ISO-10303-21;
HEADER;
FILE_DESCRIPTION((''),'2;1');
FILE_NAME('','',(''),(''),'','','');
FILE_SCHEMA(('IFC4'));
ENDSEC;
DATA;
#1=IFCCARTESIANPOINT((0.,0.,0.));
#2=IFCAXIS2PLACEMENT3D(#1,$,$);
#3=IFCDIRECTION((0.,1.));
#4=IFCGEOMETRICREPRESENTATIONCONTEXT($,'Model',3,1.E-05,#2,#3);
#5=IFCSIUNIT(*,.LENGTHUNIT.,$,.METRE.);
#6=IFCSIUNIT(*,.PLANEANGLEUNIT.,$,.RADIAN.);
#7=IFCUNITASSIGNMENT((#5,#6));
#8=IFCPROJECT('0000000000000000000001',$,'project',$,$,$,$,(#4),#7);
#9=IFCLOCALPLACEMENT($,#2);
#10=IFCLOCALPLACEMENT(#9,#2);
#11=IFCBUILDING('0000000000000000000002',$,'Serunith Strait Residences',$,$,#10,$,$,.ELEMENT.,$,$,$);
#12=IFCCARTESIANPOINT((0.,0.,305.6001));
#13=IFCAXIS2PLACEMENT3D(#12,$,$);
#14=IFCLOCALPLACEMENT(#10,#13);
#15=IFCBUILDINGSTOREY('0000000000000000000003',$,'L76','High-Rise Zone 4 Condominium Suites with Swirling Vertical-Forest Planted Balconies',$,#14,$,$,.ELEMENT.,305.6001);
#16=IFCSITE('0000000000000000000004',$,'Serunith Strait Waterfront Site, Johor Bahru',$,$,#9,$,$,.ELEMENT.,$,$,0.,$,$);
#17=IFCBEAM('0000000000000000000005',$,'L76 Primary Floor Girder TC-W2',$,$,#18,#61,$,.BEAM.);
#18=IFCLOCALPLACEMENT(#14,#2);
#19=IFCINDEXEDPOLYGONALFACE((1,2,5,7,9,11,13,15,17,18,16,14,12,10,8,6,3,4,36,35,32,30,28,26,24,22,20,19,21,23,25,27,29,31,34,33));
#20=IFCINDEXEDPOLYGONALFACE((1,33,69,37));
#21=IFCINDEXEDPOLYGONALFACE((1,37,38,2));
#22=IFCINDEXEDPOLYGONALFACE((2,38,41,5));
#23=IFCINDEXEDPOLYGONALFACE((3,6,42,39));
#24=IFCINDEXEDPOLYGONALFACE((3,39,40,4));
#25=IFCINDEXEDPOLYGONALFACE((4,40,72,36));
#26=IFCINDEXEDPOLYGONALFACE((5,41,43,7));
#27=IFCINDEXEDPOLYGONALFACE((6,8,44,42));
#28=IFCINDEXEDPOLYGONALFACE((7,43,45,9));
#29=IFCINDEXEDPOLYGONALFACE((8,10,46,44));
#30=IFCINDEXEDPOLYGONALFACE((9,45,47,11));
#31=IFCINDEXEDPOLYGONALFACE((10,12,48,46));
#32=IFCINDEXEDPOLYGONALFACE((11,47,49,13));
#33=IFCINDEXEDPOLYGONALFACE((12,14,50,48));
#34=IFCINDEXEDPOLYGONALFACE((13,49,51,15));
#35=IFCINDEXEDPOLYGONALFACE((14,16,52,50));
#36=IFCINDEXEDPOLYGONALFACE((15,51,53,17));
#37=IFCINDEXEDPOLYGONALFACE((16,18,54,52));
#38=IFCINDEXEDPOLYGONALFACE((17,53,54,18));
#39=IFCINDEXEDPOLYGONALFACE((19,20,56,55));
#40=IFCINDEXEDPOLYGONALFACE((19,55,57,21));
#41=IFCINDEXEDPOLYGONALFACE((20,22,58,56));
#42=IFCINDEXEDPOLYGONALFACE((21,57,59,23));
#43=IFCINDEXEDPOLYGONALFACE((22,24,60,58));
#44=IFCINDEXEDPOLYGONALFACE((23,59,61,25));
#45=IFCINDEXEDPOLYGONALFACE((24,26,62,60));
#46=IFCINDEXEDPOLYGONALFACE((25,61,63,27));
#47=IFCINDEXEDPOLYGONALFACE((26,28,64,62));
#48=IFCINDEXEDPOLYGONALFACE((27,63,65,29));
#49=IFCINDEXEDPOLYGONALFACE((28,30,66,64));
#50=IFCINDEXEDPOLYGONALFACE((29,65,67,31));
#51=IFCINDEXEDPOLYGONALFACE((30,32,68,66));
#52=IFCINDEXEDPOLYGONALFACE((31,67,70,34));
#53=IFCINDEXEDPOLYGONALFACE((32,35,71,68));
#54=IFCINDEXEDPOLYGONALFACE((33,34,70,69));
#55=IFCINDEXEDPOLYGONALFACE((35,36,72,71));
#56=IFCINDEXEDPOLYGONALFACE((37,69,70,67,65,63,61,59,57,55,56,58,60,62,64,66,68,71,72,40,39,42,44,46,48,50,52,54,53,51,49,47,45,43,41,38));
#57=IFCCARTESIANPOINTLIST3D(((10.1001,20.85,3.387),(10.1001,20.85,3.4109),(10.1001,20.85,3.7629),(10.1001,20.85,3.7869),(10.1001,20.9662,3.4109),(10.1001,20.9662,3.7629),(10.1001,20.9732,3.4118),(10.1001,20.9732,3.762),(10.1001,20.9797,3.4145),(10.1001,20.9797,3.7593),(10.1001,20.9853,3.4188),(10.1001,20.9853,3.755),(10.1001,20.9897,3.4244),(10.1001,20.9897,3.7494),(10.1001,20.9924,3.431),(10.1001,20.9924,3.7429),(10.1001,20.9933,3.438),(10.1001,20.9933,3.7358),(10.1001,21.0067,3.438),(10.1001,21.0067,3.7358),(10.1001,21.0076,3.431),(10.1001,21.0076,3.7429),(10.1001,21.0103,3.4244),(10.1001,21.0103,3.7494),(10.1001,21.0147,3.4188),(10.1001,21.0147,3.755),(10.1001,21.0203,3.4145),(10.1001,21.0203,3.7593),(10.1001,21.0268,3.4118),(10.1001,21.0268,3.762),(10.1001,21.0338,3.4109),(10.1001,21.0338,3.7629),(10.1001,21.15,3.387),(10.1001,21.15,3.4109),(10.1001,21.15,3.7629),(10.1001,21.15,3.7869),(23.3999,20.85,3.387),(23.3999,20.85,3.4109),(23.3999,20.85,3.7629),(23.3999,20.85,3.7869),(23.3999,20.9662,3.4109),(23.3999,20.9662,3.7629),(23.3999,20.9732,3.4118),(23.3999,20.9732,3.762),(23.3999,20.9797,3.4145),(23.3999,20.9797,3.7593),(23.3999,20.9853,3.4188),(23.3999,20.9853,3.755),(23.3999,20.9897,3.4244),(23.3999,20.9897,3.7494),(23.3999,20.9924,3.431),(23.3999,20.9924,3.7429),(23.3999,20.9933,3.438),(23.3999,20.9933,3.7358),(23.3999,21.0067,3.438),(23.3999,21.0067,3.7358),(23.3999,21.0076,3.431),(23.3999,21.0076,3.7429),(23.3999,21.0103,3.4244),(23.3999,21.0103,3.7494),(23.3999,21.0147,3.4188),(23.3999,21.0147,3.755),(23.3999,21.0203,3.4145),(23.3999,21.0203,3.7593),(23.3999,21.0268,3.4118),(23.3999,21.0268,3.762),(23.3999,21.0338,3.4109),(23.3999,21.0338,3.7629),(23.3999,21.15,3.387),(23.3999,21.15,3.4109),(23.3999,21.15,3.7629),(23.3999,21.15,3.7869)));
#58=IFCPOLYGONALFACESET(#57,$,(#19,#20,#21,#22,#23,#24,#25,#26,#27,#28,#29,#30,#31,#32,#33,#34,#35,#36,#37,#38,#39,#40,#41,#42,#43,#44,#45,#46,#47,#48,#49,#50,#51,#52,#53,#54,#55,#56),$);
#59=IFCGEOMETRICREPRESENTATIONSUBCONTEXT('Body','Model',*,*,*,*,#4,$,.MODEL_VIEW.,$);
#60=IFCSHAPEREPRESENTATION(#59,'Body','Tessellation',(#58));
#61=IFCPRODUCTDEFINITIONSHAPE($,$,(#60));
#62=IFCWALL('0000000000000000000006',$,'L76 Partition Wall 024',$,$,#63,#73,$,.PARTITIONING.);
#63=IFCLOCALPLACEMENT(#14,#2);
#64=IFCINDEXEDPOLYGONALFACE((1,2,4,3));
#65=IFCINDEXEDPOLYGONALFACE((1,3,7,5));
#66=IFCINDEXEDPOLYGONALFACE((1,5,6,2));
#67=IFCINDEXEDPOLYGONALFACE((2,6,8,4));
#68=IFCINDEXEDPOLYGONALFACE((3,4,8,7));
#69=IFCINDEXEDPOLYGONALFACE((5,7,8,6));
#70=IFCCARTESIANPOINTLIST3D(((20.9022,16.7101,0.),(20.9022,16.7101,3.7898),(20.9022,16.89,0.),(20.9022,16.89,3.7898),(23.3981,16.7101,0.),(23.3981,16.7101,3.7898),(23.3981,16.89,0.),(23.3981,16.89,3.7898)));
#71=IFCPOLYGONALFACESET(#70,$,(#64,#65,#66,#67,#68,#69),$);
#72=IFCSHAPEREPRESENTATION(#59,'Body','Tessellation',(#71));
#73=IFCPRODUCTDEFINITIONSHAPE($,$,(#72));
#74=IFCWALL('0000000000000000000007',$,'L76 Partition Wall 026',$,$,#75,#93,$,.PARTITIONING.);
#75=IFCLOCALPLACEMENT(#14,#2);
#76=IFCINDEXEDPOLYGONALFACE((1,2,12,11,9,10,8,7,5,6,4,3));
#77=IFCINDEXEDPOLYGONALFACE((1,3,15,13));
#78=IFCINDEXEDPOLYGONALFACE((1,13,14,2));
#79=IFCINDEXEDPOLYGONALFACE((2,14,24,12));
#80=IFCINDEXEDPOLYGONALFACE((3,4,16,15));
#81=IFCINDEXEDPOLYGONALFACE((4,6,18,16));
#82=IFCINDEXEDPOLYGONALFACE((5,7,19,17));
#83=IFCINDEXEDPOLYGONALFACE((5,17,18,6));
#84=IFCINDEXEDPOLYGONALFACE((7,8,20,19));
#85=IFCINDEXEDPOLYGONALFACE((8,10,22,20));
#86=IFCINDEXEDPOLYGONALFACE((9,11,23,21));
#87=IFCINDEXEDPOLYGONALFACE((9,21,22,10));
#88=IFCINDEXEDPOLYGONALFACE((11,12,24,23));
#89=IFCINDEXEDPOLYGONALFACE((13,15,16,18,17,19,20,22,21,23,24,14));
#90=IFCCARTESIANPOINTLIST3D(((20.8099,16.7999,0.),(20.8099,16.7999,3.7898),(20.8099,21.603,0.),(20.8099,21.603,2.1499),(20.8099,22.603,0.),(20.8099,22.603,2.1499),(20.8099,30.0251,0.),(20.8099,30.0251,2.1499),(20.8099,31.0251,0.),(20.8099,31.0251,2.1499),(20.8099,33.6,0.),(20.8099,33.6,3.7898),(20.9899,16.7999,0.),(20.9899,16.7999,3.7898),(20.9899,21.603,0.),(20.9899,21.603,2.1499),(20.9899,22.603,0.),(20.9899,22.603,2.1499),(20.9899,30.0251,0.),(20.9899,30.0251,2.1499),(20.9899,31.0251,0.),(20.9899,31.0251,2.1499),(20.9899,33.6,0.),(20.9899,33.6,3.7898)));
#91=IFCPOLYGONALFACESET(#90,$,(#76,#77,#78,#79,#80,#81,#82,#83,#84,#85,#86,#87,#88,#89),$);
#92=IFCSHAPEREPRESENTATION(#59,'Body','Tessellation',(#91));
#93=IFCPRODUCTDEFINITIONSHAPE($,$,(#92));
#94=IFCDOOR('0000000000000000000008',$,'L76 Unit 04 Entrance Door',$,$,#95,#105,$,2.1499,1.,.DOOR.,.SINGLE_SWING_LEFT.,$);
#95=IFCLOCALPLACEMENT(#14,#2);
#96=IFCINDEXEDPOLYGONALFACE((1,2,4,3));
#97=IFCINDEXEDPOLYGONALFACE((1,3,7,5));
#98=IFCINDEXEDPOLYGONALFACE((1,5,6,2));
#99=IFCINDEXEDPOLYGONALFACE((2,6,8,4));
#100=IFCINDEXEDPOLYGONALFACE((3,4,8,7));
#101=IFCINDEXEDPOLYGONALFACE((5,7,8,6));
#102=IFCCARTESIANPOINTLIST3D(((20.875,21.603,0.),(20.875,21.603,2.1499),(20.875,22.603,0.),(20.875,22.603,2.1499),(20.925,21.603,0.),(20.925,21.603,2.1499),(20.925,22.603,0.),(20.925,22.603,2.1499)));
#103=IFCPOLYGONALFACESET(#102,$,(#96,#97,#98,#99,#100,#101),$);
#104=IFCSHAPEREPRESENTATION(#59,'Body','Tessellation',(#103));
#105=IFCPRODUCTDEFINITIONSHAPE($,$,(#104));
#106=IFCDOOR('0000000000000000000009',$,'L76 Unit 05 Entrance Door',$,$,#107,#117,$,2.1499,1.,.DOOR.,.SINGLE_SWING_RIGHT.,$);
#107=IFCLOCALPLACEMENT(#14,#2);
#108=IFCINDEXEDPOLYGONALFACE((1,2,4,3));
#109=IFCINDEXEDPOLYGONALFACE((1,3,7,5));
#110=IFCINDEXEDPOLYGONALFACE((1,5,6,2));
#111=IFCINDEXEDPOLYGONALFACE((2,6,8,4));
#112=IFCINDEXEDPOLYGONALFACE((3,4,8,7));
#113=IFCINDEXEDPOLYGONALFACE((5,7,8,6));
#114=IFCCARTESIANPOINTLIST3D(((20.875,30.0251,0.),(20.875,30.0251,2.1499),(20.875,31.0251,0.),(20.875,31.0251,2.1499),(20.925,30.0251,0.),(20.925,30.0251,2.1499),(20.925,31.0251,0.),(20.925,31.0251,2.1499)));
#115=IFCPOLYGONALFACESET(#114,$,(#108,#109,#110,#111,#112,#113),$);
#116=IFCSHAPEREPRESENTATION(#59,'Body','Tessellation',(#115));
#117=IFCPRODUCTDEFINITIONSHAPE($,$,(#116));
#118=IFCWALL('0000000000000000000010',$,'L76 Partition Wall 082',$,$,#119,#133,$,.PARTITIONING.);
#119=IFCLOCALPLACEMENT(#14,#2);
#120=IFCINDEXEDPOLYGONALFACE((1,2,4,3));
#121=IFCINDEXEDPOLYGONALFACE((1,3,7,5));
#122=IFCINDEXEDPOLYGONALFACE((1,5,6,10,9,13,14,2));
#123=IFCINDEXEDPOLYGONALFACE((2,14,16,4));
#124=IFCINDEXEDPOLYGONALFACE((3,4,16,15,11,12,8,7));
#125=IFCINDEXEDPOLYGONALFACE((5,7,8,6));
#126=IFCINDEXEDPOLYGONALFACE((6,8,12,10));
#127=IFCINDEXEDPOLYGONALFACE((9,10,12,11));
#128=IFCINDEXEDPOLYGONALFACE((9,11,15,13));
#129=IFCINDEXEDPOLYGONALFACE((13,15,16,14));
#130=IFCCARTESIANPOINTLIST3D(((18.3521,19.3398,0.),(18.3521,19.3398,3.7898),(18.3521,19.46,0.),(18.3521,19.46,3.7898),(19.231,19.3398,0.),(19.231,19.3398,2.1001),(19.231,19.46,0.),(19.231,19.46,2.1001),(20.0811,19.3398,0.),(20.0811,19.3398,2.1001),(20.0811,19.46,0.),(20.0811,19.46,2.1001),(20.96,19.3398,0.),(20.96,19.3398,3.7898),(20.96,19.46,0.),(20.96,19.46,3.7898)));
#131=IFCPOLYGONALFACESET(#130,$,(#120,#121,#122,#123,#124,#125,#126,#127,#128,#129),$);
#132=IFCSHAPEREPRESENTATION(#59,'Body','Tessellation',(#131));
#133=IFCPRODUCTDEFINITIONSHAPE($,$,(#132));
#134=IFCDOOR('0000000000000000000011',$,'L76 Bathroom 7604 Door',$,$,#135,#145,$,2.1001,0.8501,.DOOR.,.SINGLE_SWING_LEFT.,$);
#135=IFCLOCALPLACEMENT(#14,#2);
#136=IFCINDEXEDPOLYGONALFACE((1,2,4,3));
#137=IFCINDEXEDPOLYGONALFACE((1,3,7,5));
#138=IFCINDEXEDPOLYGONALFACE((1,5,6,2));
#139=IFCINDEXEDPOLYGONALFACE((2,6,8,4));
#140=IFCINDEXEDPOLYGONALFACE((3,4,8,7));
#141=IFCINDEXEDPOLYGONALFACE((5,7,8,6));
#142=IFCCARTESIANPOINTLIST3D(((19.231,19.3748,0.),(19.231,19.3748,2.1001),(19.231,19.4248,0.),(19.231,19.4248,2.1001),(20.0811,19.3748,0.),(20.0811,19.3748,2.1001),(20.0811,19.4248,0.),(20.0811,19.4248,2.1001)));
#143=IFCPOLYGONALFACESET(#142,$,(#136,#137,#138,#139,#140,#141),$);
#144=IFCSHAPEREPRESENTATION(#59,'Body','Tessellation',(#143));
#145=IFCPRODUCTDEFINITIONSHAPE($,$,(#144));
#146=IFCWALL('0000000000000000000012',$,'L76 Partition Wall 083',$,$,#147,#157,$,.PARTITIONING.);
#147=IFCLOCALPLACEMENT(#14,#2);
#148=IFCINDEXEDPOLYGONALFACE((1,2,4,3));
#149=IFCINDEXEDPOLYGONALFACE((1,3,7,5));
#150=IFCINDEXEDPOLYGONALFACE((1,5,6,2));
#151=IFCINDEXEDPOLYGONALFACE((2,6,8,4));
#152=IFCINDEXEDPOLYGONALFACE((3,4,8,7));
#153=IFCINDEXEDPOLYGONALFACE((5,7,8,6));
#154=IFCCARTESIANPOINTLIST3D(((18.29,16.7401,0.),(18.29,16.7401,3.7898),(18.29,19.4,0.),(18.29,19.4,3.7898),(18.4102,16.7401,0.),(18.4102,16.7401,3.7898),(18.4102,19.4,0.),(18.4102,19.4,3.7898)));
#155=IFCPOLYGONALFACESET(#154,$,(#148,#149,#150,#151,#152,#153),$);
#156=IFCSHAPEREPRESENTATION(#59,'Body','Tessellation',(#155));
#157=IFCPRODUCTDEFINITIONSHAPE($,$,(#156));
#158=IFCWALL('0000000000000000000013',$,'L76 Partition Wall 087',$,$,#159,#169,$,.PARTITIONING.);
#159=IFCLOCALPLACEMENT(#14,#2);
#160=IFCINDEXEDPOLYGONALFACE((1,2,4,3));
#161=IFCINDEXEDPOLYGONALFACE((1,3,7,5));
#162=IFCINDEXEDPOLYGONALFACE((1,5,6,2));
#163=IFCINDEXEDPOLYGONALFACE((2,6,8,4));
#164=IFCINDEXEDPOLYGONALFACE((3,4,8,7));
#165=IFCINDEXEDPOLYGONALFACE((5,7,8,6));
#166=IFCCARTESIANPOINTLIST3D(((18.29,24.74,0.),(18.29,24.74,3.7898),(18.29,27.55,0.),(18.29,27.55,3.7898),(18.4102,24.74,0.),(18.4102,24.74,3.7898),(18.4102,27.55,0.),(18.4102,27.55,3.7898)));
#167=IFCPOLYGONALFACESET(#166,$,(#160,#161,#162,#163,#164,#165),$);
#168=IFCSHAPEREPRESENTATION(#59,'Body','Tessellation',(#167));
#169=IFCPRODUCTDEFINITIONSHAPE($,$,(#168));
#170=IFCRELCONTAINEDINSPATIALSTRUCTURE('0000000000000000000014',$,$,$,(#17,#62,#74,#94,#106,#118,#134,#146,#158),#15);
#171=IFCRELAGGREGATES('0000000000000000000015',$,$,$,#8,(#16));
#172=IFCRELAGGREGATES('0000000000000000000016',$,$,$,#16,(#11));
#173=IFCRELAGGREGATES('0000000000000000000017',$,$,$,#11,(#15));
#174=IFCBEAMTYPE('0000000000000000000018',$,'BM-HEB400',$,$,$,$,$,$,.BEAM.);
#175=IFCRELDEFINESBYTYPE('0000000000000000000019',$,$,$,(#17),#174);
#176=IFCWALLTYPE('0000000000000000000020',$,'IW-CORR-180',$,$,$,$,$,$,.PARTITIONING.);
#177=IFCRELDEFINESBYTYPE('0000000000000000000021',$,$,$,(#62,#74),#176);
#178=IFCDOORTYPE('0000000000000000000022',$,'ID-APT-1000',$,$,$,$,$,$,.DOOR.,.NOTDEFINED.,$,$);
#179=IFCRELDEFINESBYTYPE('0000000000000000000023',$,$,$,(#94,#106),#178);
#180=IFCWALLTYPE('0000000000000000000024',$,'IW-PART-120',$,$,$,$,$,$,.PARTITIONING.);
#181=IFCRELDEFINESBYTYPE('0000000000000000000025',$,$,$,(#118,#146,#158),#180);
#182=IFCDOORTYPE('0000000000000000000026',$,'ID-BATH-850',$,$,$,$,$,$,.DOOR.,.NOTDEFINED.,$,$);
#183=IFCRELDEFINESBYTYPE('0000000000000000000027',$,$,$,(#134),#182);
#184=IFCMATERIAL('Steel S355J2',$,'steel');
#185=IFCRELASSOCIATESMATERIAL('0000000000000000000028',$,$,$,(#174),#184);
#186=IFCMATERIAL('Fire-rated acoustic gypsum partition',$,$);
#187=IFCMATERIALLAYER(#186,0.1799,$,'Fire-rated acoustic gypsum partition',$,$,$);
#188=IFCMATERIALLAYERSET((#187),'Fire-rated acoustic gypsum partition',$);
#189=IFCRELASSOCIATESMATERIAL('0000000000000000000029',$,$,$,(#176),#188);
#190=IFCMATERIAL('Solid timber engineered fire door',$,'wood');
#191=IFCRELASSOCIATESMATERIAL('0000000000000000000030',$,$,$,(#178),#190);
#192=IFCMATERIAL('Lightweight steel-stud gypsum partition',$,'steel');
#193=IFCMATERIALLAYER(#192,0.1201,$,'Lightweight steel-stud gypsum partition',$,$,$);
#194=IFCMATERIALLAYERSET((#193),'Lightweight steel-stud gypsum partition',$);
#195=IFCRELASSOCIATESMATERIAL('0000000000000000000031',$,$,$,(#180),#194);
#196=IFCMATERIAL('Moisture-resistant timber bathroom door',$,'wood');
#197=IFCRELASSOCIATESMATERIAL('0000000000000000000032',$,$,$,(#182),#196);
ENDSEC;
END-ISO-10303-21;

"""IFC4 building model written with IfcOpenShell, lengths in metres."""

from ifc_helpers import new_model, si_unit, direction, frame, frame_2d, origin, origin_2d, place, context, subcontext, project, spatial, rectangle, i_section, extrude, source, transform, mapped, material, layer, layer_set, material_profile, profile_set, type_object, element, fill, save


model = new_model("IFC4")

# Units and contexts
model_context = context("Model", 3, precision=1e-05, world=origin(), true_north=direction((0.0, 1.0)))
body_context = subcontext(model_context, "Body", "Model", "MODEL_VIEW")
ifc_project = project(units=[si_unit("LENGTHUNIT", "METRE"), si_unit("PLANEANGLEUNIT", "RADIAN")], contexts=[model_context])

# Site, building, storey
site_placement = place(None, origin())
site = spatial("IfcSite", under=ifc_project, at=site_placement, Name="Serunith Strait Waterfront Site, Johor Bahru", CompositionType="ELEMENT", RefElevation=0.0)
building_placement = place(site_placement, origin())
building = spatial("IfcBuilding", under=site, at=building_placement, Name="Serunith Strait Residences", CompositionType="ELEMENT")
storey_placement = place(building_placement, frame((0.0, 0.0, 305.6001)))
storey = spatial("IfcBuildingStorey", under=building, at=storey_placement, Name="L76", Description="High-Rise Zone 4 Condominium Suites with Swirling Vertical-Forest Planted Balconies", CompositionType="ELEMENT", Elevation=305.6001)

# Beam
ifc_material_1 = material(Name="Steel S355J2", Category="steel")
ifc_material_profile = material_profile(ifc_material_1, i_section(OverallWidth=0.3, OverallDepth=0.3999, WebThickness=0.0134, FlangeThickness=0.0239, FilletRadius=0.0271, at=origin_2d()), Name="HEB 400")
ifc_profile_set = profile_set([ifc_material_profile], Name="Steel S355J2")
beam_type = type_object("IfcBeamType", Name="BM-HEB400", PredefinedType="BEAM", material=ifc_profile_set)
shared_shape_1 = source(origin(), body_context, "Body", "SweptSolid", [
    extrude(i_section(OverallWidth=0.3, OverallDepth=0.3999, WebThickness=0.0134, FlangeThickness=0.0239, FilletRadius=0.0271, at=origin_2d()), origin(), (0.0, 0.0, 1.0), 13.2998),
])
beam_placement = place(storey_placement, frame((23.3999, 21.0, 3.5869), z_axis=(-1.0, 0.0, 0.0), x_axis=(0.0, -1.0, 0.0)))
element("IfcBeam", 1, at=beam_placement, inside=storey, type_object=beam_type, Name="L76 Primary Floor Girder TC-W2", PredefinedType="BEAM", context=body_context, shape_type="MappedRepresentation", body=[
    mapped(shared_shape_1, transform((0.0, 0.0, 0.0), scale=1.0)),
])

# Wall
ifc_material_2 = material(Name="Fire-rated acoustic gypsum partition")
ifc_layer_1 = layer(ifc_material_2, 0.1799, Name="Fire-rated acoustic gypsum partition")
ifc_layer_set_1 = layer_set([ifc_layer_1], Name="Fire-rated acoustic gypsum partition")
wall_type_1 = type_object("IfcWallType", Name="IW-CORR-180", PredefinedType="PARTITIONING", material=ifc_layer_set_1)
wall_1_placement = place(storey_placement, frame((20.9021, 16.8, 0.0), z_axis=(0.0, 0.0, 1.0), x_axis=(1.0, 0.0, 0.0)))
element("IfcWall", 2, at=wall_1_placement, inside=storey, type_object=wall_type_1, Name="L76 Partition Wall 024", PredefinedType="PARTITIONING", context=body_context, shape_type="SweptSolid", body=[
    extrude(rectangle(XDim=2.4958, YDim=0.1799, at=frame_2d((1.248, 0.0))), origin(), (0.0, 0.0, 1.0), 3.7898),
])

# Wall, openings, doors
wall_2_placement = place(storey_placement, frame((20.8999, 16.8, 0.0), z_axis=(0.0, 0.0, 1.0), x_axis=(0.0, 1.0, 0.0)))
wall_2 = element("IfcWall", 3, at=wall_2_placement, inside=storey, type_object=wall_type_1, Name="L76 Partition Wall 026", PredefinedType="PARTITIONING", context=body_context, shape_type="SweptSolid", body=[
    extrude(rectangle(XDim=16.8, YDim=0.1799, at=frame_2d((8.3999, 0.0))), origin(), (0.0, 0.0, 1.0), 3.7898),
])
opening_1_placement = place(wall_2_placement, frame((4.803, 0.0, 0.0)))
opening_1 = element("IfcOpeningElement", 4, at=opening_1_placement, cuts=wall_2, PredefinedType="OPENING", context=body_context, shape_type="SweptSolid", body=[
    extrude(rectangle(XDim=1.0, YDim=2.1499, at=frame_2d((0.5, 1.075))), frame((0.0, 0.1001, 0.0), z_axis=(0.0, -1.0, 0.0), x_axis=(1.0, 0.0, 0.0)), (0.0, 0.0, 1.0), 0.2),
])
opening_2_placement = place(wall_2_placement, frame((13.2251, 0.0, 0.0)))
opening_2 = element("IfcOpeningElement", 5, at=opening_2_placement, cuts=wall_2, PredefinedType="OPENING", context=body_context, shape_type="SweptSolid", body=[
    extrude(rectangle(XDim=1.0, YDim=2.1499, at=frame_2d((0.5, 1.075))), frame((0.0, 0.1001, 0.0), z_axis=(0.0, -1.0, 0.0), x_axis=(1.0, 0.0, 0.0)), (0.0, 0.0, 1.0), 0.2),
])
ifc_material_3 = material(Name="Solid timber engineered fire door", Category="wood")
door_type_1 = type_object("IfcDoorType", Name="ID-APT-1000", OperationType="NOTDEFINED", PredefinedType="DOOR", material=ifc_material_3)
shared_shape_2 = source(origin(), body_context, "Body", "SweptSolid", [
    extrude(rectangle(XDim=1.0, YDim=2.1499, at=frame_2d((0.5, 1.075))), frame((0.0, 0.0249, 0.0), z_axis=(0.0, -1.0, 0.0), x_axis=(1.0, 0.0, 0.0)), (0.0, 0.0, 1.0), 0.05),
])
door_1_placement = place(opening_1_placement, origin())
door_1 = element("IfcDoor", 6, at=door_1_placement, inside=storey, type_object=door_type_1, Name="L76 Unit 04 Entrance Door", OperationType="SINGLE_SWING_LEFT", OverallHeight=2.1499, OverallWidth=1.0, PredefinedType="DOOR", context=body_context, shape_type="MappedRepresentation", body=[
    mapped(shared_shape_2, transform((0.0, 0.0, 0.0), scale=1.0)),
])
fill(opening_1, door_1)
door_2_placement = place(opening_2_placement, origin())
door_2 = element("IfcDoor", 7, at=door_2_placement, inside=storey, type_object=door_type_1, Name="L76 Unit 05 Entrance Door", OperationType="SINGLE_SWING_RIGHT", OverallHeight=2.1499, OverallWidth=1.0, PredefinedType="DOOR", context=body_context, shape_type="MappedRepresentation", body=[
    mapped(shared_shape_2, transform((0.0, 0.0, 0.0), scale=1.0)),
])
fill(opening_2, door_2)

# Wall, opening, door
ifc_material_4 = material(Name="Lightweight steel-stud gypsum partition", Category="steel")
ifc_layer_2 = layer(ifc_material_4, 0.1201, Name="Lightweight steel-stud gypsum partition")
ifc_layer_set_2 = layer_set([ifc_layer_2], Name="Lightweight steel-stud gypsum partition")
wall_type_2 = type_object("IfcWallType", Name="IW-PART-120", PredefinedType="PARTITIONING", material=ifc_layer_set_2)
wall_3_placement = place(storey_placement, frame((18.3521, 19.3999, 0.0), z_axis=(0.0, 0.0, 1.0), x_axis=(1.0, 0.0, 0.0)))
wall_3 = element("IfcWall", 8, at=wall_3_placement, inside=storey, type_object=wall_type_2, Name="L76 Partition Wall 082", PredefinedType="PARTITIONING", context=body_context, shape_type="SweptSolid", body=[
    extrude(rectangle(XDim=2.6079, YDim=0.1201, at=frame_2d((1.304, 0.0))), origin(), (0.0, 0.0, 1.0), 3.7898),
])
opening_3_placement = place(wall_3_placement, frame((0.8789, 0.0, 0.0)))
opening_3 = element("IfcOpeningElement", 9, at=opening_3_placement, cuts=wall_3, PredefinedType="OPENING", context=body_context, shape_type="SweptSolid", body=[
    extrude(rectangle(XDim=0.8501, YDim=2.1001, at=frame_2d((0.425, 1.05))), frame((0.0, 0.0701, 0.0), z_axis=(0.0, -1.0, 0.0), x_axis=(1.0, 0.0, 0.0)), (0.0, 0.0, 1.0), 0.1401),
])
ifc_material_5 = material(Name="Moisture-resistant timber bathroom door", Category="wood")
door_type_2 = type_object("IfcDoorType", Name="ID-BATH-850", OperationType="NOTDEFINED", PredefinedType="DOOR", material=ifc_material_5)
shared_shape_3 = source(origin(), body_context, "Body", "SweptSolid", [
    extrude(rectangle(XDim=0.8501, YDim=2.1001, at=frame_2d((0.425, 1.05))), frame((0.0, 0.0249, 0.0), z_axis=(0.0, -1.0, 0.0), x_axis=(1.0, 0.0, 0.0)), (0.0, 0.0, 1.0), 0.05),
])
door_3_placement = place(opening_3_placement, origin())
door_3 = element("IfcDoor", 10, at=door_3_placement, inside=storey, type_object=door_type_2, Name="L76 Bathroom 7604 Door", OperationType="SINGLE_SWING_LEFT", OverallHeight=2.1001, OverallWidth=0.8501, PredefinedType="DOOR", context=body_context, shape_type="MappedRepresentation", body=[
    mapped(shared_shape_3, transform((0.0, 0.0, 0.0), scale=1.0)),
])
fill(opening_3, door_3)

# Walls
wall_4_placement = place(storey_placement, frame((18.3501, 16.74, 0.0), z_axis=(0.0, 0.0, 1.0), x_axis=(0.0, 1.0, 0.0)))
element("IfcWall", 11, at=wall_4_placement, inside=storey, type_object=wall_type_2, Name="L76 Partition Wall 083", PredefinedType="PARTITIONING", context=body_context, shape_type="SweptSolid", body=[
    extrude(rectangle(XDim=2.6599, YDim=0.1201, at=frame_2d((1.3301, 0.0))), origin(), (0.0, 0.0, 1.0), 3.7898),
])
wall_5_placement = place(storey_placement, frame((18.3501, 24.74, 0.0), z_axis=(0.0, 0.0, 1.0), x_axis=(0.0, 1.0, 0.0)))
element("IfcWall", 12, at=wall_5_placement, inside=storey, type_object=wall_type_2, Name="L76 Partition Wall 087", PredefinedType="PARTITIONING", context=body_context, shape_type="SweptSolid", body=[
    extrude(rectangle(XDim=2.8101, YDim=0.1201, at=frame_2d((1.405, 0.0))), origin(), (0.0, 0.0, 1.0), 3.7898),
])

save(model, "model.ifc")
